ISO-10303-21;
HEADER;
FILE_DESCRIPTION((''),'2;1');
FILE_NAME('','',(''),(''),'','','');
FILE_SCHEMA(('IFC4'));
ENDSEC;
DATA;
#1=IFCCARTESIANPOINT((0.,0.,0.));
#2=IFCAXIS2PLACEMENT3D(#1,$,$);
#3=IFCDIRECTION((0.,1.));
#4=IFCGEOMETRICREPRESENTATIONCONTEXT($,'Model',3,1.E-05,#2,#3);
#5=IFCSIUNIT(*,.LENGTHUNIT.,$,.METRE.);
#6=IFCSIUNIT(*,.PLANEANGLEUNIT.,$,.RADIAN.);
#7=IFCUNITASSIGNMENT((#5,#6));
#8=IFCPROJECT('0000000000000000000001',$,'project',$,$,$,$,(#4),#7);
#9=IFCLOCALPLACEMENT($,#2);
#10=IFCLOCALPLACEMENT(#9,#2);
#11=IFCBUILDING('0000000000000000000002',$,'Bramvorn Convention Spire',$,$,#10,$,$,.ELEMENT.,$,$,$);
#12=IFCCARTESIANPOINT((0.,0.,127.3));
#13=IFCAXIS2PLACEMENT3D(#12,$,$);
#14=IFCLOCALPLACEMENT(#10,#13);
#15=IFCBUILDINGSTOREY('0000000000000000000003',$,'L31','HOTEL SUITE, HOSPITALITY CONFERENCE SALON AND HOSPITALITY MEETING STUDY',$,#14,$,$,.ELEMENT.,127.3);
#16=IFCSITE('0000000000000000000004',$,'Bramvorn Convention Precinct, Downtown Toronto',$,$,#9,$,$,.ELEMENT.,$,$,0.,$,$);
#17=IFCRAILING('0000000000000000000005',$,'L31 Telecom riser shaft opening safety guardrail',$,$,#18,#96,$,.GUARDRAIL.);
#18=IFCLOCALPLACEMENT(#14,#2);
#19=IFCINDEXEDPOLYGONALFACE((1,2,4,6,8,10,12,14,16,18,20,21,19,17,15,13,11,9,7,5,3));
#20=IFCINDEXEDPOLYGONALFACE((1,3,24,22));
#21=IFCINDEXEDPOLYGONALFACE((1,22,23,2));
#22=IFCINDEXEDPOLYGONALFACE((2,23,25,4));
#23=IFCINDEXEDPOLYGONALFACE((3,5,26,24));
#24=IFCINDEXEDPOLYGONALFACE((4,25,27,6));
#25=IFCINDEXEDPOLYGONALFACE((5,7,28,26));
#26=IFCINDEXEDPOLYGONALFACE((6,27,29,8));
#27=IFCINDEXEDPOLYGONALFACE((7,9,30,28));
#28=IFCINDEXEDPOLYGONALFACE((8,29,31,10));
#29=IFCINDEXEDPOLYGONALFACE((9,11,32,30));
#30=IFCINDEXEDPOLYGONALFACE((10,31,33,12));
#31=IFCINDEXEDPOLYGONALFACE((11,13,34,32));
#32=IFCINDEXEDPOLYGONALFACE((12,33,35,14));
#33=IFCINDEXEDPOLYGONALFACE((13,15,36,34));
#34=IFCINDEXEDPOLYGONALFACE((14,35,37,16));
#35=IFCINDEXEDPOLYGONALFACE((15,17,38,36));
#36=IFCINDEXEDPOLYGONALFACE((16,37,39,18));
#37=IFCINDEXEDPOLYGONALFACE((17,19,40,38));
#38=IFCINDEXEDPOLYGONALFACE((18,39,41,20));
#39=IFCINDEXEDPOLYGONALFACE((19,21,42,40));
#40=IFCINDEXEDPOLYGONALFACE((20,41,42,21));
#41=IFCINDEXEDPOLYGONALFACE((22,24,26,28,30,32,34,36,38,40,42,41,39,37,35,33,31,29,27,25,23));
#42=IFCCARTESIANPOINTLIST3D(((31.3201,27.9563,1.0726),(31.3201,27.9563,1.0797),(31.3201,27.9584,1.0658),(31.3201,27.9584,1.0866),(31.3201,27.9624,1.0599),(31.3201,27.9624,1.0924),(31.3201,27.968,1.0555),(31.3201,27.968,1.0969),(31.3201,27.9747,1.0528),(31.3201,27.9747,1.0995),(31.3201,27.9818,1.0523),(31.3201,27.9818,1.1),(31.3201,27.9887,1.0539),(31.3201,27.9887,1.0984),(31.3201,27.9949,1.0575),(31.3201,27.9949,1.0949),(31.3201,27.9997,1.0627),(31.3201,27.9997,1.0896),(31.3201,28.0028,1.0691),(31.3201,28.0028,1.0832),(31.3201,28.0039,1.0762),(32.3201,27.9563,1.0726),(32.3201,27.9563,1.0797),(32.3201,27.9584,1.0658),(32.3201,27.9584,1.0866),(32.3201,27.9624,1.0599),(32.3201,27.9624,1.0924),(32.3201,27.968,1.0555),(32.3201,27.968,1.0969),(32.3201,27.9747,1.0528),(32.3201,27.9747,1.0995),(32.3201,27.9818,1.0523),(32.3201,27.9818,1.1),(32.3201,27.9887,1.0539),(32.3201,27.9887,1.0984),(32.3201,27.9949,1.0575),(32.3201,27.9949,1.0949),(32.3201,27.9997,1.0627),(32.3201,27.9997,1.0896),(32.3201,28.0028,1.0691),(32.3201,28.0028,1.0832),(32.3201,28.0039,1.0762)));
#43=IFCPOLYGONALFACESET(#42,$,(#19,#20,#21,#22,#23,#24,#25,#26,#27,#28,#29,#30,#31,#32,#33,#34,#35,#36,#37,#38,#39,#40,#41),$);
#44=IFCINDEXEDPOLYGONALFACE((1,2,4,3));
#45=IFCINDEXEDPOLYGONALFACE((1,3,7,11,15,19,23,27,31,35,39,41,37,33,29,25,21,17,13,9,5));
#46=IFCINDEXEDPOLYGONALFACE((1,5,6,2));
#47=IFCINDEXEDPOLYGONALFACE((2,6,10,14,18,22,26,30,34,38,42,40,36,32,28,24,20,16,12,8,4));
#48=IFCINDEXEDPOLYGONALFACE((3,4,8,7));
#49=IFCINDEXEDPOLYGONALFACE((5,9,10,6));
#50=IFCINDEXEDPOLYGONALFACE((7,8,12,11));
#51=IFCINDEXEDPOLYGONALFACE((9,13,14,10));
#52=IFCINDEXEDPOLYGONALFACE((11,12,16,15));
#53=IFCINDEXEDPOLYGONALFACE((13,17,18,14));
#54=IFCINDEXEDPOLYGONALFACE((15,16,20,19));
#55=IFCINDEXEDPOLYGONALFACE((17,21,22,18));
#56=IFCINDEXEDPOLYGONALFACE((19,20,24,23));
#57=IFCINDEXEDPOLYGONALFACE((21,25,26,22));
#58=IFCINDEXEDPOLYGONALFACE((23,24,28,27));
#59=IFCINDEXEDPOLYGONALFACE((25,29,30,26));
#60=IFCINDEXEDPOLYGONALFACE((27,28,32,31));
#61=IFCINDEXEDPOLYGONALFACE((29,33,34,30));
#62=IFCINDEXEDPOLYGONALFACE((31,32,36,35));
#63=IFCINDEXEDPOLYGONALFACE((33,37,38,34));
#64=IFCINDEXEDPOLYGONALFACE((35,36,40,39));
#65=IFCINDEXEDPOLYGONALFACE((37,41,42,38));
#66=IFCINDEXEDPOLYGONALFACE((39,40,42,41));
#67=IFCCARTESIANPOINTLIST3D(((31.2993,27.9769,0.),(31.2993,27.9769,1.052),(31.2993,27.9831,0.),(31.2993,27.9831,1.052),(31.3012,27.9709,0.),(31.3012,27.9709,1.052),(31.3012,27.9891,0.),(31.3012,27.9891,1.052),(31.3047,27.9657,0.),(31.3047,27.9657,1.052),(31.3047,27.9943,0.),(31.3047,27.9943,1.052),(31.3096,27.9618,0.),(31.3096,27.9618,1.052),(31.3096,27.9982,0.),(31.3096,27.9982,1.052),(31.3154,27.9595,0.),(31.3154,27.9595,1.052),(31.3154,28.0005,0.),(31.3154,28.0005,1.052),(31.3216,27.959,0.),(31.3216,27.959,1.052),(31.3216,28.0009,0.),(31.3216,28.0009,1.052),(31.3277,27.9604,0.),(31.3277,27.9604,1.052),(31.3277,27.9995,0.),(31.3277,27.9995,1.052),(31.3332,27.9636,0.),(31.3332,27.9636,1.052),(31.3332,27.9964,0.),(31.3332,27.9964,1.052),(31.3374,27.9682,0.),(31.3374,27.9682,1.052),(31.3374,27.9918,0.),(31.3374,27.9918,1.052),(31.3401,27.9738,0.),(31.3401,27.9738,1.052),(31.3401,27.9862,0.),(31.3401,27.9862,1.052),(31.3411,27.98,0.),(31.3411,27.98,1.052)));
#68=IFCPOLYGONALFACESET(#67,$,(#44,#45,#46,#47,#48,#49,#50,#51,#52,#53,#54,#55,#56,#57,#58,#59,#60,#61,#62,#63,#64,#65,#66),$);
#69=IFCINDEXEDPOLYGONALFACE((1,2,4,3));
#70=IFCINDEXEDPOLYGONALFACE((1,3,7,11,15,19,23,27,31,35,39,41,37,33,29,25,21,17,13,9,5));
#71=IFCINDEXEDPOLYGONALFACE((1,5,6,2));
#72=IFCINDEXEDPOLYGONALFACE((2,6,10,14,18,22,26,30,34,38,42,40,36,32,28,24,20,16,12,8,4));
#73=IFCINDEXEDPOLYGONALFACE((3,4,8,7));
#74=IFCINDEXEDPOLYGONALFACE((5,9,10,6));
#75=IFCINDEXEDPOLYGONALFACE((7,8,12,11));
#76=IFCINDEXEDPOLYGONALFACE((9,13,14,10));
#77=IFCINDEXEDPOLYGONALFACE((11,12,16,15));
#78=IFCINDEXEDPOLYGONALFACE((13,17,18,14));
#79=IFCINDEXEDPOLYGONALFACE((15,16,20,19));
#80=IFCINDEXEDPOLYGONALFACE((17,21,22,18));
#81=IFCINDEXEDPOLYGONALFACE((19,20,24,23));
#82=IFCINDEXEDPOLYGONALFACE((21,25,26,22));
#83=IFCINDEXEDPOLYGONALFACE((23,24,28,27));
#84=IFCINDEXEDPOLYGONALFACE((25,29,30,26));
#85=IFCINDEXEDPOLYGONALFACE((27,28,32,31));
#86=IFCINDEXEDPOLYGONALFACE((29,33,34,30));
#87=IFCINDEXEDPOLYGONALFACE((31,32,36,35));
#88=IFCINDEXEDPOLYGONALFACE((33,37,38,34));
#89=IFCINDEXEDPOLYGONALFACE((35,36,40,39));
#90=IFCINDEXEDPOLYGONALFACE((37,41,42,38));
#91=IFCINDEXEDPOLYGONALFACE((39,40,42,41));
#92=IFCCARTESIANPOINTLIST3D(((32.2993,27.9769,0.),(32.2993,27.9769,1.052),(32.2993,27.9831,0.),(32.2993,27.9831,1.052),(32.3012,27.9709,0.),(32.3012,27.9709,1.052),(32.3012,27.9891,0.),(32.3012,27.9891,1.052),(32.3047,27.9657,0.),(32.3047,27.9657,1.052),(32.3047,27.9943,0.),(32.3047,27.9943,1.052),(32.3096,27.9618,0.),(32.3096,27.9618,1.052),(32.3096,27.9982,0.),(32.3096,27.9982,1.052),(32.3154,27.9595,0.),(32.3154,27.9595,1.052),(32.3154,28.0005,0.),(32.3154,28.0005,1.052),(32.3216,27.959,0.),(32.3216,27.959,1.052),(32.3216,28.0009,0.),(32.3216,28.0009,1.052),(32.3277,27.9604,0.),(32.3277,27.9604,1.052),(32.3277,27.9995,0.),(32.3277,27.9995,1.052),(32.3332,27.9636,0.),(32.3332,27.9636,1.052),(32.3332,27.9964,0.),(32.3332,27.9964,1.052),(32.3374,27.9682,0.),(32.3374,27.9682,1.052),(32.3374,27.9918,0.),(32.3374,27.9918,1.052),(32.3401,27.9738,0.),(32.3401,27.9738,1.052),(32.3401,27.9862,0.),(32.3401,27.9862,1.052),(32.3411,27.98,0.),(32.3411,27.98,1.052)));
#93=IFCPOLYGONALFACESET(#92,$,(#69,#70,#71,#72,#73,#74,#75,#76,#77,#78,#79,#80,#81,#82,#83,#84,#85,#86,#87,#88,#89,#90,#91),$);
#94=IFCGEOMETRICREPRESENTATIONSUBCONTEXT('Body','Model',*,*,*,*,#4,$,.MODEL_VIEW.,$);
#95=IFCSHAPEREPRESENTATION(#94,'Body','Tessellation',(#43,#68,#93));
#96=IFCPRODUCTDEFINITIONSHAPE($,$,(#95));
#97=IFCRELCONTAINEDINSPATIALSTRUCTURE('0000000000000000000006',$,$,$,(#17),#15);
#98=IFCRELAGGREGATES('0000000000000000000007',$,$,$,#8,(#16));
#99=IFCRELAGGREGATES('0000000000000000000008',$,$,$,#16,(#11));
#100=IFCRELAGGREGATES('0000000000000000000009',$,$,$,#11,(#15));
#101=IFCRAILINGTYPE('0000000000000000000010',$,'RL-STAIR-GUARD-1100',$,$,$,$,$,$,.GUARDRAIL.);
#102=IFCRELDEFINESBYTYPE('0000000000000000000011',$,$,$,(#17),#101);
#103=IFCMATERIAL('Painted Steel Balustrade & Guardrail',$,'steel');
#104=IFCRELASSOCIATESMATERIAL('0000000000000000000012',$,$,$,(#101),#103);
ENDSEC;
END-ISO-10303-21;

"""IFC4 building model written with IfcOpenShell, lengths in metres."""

from ifc_helpers import new_model, si_unit, direction, frame, origin, origin_2d, place, context, subcontext, project, spatial, circle, extrude, material, type_object, element, save


model = new_model("IFC4")

# Units and contexts
model_context = context("Model", 3, precision=1e-05, world=origin(), true_north=direction((0.0, 1.0)))
body_context = subcontext(model_context, "Body", "Model", "MODEL_VIEW")
ifc_project = project(units=[si_unit("LENGTHUNIT", "METRE"), si_unit("PLANEANGLEUNIT", "RADIAN")], contexts=[model_context])

# Site, building, storey
site_placement = place(None, origin())
site = spatial("IfcSite", under=ifc_project, at=site_placement, Name="Bramvorn Convention Precinct, Downtown Toronto", CompositionType="ELEMENT", RefElevation=0.0)
building_placement = place(site_placement, origin())
building = spatial("IfcBuilding", under=site, at=building_placement, Name="Bramvorn Convention Spire", CompositionType="ELEMENT")
storey_placement = place(building_placement, frame((0.0, 0.0, 127.3)))
storey = spatial("IfcBuildingStorey", under=building, at=storey_placement, Name="L31", Description="HOTEL SUITE, HOSPITALITY CONFERENCE SALON AND HOSPITALITY MEETING STUDY", CompositionType="ELEMENT", Elevation=127.3)

# Railing
ifc_material_1 = material(Name="Painted Steel Balustrade & Guardrail", Category="steel")
railing_type = type_object("IfcRailingType", Name="RL-STAIR-GUARD-1100", PredefinedType="GUARDRAIL", material=ifc_material_1)
railing_1_placement = place(storey_placement, frame((31.3201, 27.98, 0.0)))
element("IfcRailing", 1, at=railing_1_placement, inside=storey, type_object=railing_type, Name="L31 Telecom riser shaft opening safety guardrail", PredefinedType="GUARDRAIL", context=body_context, shape_type="SweptSolid", body=[
    extrude(circle(Radius=0.0239, at=origin_2d()), frame((0.0, 0.0, 1.0762), z_axis=(1.0, 0.0, 0.0), x_axis=(0.0, 1.0, 0.0)), (0.0, 0.0, 1.0), 1.0),
    extrude(circle(Radius=0.021, at=origin_2d()), origin(), (0.0, 0.0, 1.0), 1.052),
    extrude(circle(Radius=0.021, at=origin_2d()), frame((1.0, 0.0, 0.0)), (0.0, 0.0, 1.0), 1.052),
])

save(model, "model.ifc")
